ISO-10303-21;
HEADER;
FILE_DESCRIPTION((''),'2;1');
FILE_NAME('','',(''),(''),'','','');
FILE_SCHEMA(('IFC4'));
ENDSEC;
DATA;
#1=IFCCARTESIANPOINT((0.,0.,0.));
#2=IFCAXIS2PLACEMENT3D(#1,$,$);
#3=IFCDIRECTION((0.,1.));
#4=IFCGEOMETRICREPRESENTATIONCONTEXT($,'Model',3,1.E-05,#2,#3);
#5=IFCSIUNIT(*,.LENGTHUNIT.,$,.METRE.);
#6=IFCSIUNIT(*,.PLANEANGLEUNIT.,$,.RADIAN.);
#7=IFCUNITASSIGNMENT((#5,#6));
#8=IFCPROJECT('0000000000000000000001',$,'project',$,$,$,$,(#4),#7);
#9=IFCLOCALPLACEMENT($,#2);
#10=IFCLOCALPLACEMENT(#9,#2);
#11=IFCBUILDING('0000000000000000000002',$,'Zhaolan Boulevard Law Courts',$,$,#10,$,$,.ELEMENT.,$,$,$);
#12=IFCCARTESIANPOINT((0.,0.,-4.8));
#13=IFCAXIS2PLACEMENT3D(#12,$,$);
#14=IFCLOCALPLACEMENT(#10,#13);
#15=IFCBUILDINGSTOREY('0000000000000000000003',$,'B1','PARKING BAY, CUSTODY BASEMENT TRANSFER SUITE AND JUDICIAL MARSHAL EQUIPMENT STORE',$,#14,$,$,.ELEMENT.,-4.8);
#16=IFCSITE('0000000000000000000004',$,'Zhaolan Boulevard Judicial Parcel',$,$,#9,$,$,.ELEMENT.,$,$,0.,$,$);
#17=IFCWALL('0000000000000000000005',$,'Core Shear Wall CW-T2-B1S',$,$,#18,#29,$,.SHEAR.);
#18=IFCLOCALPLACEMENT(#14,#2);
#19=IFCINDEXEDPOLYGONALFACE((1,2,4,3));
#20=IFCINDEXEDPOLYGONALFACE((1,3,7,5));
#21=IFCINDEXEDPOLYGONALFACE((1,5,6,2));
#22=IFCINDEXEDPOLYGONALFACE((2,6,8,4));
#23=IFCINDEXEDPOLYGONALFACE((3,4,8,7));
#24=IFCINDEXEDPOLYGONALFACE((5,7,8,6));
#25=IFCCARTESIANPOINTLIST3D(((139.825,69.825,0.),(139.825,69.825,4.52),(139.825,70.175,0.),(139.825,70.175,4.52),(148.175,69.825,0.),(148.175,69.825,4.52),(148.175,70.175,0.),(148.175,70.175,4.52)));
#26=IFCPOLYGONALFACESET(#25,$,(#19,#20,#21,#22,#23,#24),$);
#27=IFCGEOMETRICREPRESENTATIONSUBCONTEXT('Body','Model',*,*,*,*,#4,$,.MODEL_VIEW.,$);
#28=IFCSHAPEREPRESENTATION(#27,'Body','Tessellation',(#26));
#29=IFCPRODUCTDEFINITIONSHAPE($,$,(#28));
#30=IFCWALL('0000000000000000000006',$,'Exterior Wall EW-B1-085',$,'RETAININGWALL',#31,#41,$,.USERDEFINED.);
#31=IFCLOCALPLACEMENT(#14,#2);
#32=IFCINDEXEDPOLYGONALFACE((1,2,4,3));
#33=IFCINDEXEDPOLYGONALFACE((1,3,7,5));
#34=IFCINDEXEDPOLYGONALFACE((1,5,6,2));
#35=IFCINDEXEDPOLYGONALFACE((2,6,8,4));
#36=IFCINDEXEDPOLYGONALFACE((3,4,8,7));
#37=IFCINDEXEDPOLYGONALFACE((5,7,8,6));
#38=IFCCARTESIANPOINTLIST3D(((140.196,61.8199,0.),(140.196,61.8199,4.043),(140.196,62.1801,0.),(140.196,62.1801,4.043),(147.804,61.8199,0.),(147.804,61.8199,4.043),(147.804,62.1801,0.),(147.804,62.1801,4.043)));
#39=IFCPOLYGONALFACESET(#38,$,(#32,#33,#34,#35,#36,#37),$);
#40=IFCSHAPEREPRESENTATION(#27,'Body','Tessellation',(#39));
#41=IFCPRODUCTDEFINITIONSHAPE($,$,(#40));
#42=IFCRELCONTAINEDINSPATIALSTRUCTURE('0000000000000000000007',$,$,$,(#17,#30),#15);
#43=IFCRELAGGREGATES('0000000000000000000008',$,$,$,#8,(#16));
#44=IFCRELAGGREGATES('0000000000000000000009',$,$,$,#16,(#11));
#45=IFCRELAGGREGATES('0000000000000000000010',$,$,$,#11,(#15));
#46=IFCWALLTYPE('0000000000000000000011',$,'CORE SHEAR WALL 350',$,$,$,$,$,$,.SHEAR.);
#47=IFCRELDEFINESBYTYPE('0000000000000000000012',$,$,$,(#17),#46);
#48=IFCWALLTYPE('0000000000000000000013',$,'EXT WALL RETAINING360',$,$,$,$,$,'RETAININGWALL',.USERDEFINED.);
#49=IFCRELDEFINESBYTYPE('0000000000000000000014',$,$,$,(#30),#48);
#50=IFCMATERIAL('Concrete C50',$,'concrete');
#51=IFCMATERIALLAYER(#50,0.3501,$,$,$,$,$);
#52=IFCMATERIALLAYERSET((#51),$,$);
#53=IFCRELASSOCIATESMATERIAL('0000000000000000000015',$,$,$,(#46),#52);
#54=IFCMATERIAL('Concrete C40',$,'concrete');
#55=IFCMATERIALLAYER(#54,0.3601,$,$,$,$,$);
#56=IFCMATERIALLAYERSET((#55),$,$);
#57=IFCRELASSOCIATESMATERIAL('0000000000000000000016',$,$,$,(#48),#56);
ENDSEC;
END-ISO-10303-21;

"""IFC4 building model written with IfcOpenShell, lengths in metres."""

from ifc_helpers import new_model, si_unit, direction, frame, frame_2d, origin, place, context, subcontext, project, spatial, rectangle, extrude, material, layer, layer_set, type_object, element, save


model = new_model("IFC4")

# Units and contexts
model_context = context("Model", 3, precision=1e-05, world=origin(), true_north=direction((0.0, 1.0)))
body_context = subcontext(model_context, "Body", "Model", "MODEL_VIEW")
ifc_project = project(units=[si_unit("LENGTHUNIT", "METRE"), si_unit("PLANEANGLEUNIT", "RADIAN")], contexts=[model_context])

# Site, building, storey
site_placement = place(None, origin())
site = spatial("IfcSite", under=ifc_project, at=site_placement, Name="Zhaolan Boulevard Judicial Parcel", CompositionType="ELEMENT", RefElevation=0.0)
building_placement = place(site_placement, origin())
building = spatial("IfcBuilding", under=site, at=building_placement, Name="Zhaolan Boulevard Law Courts", CompositionType="ELEMENT")
storey_placement = place(building_placement, frame((0.0, 0.0, -4.8)))
storey = spatial("IfcBuildingStorey", under=building, at=storey_placement, Name="B1", Description="PARKING BAY, CUSTODY BASEMENT TRANSFER SUITE AND JUDICIAL MARSHAL EQUIPMENT STORE", CompositionType="ELEMENT", Elevation=-4.8)

# Walls
ifc_material_1 = material(Name="Concrete C50", Category="concrete")
ifc_layer_1 = layer(ifc_material_1, 0.3501)
ifc_layer_set_1 = layer_set([ifc_layer_1])
wall_type_1 = type_object("IfcWallType", Name="CORE SHEAR WALL 350", PredefinedType="SHEAR", material=ifc_layer_set_1)
wall_1_placement = place(storey_placement, frame((139.825, 70.0, 0.0), z_axis=(0.0, 0.0, 1.0), x_axis=(1.0, 0.0, 0.0)))
element("IfcWall", 1, at=wall_1_placement, inside=storey, type_object=wall_type_1, Name="Core Shear Wall CW-T2-B1S", PredefinedType="SHEAR", context=body_context, shape_type="SweptSolid", body=[
    extrude(rectangle(XDim=8.3501, YDim=0.3501, at=frame_2d((4.175, 0.0))), origin(), (0.0, 0.0, 1.0), 4.52),
])
ifc_material_2 = material(Name="Concrete C40", Category="concrete")
ifc_layer_2 = layer(ifc_material_2, 0.3601)
ifc_layer_set_2 = layer_set([ifc_layer_2])
wall_type_2 = type_object("IfcWallType", Name="EXT WALL RETAINING360", ElementType="RETAININGWALL", PredefinedType="USERDEFINED", material=ifc_layer_set_2)
wall_2_placement = place(storey_placement, frame((140.196, 62.0, 0.0), z_axis=(0.0, 0.0, 1.0), x_axis=(1.0, 0.0, 0.0)))
element("IfcWall", 2, at=wall_2_placement, inside=storey, type_object=wall_type_2, Name="Exterior Wall EW-B1-085", ObjectType="RETAININGWALL", PredefinedType="USERDEFINED", context=body_context, shape_type="SweptSolid", body=[
    extrude(rectangle(XDim=7.6079, YDim=0.3601, at=frame_2d((3.804, 0.0))), origin(), (0.0, 0.0, 1.0), 4.043),
])

save(model, "model.ifc")
